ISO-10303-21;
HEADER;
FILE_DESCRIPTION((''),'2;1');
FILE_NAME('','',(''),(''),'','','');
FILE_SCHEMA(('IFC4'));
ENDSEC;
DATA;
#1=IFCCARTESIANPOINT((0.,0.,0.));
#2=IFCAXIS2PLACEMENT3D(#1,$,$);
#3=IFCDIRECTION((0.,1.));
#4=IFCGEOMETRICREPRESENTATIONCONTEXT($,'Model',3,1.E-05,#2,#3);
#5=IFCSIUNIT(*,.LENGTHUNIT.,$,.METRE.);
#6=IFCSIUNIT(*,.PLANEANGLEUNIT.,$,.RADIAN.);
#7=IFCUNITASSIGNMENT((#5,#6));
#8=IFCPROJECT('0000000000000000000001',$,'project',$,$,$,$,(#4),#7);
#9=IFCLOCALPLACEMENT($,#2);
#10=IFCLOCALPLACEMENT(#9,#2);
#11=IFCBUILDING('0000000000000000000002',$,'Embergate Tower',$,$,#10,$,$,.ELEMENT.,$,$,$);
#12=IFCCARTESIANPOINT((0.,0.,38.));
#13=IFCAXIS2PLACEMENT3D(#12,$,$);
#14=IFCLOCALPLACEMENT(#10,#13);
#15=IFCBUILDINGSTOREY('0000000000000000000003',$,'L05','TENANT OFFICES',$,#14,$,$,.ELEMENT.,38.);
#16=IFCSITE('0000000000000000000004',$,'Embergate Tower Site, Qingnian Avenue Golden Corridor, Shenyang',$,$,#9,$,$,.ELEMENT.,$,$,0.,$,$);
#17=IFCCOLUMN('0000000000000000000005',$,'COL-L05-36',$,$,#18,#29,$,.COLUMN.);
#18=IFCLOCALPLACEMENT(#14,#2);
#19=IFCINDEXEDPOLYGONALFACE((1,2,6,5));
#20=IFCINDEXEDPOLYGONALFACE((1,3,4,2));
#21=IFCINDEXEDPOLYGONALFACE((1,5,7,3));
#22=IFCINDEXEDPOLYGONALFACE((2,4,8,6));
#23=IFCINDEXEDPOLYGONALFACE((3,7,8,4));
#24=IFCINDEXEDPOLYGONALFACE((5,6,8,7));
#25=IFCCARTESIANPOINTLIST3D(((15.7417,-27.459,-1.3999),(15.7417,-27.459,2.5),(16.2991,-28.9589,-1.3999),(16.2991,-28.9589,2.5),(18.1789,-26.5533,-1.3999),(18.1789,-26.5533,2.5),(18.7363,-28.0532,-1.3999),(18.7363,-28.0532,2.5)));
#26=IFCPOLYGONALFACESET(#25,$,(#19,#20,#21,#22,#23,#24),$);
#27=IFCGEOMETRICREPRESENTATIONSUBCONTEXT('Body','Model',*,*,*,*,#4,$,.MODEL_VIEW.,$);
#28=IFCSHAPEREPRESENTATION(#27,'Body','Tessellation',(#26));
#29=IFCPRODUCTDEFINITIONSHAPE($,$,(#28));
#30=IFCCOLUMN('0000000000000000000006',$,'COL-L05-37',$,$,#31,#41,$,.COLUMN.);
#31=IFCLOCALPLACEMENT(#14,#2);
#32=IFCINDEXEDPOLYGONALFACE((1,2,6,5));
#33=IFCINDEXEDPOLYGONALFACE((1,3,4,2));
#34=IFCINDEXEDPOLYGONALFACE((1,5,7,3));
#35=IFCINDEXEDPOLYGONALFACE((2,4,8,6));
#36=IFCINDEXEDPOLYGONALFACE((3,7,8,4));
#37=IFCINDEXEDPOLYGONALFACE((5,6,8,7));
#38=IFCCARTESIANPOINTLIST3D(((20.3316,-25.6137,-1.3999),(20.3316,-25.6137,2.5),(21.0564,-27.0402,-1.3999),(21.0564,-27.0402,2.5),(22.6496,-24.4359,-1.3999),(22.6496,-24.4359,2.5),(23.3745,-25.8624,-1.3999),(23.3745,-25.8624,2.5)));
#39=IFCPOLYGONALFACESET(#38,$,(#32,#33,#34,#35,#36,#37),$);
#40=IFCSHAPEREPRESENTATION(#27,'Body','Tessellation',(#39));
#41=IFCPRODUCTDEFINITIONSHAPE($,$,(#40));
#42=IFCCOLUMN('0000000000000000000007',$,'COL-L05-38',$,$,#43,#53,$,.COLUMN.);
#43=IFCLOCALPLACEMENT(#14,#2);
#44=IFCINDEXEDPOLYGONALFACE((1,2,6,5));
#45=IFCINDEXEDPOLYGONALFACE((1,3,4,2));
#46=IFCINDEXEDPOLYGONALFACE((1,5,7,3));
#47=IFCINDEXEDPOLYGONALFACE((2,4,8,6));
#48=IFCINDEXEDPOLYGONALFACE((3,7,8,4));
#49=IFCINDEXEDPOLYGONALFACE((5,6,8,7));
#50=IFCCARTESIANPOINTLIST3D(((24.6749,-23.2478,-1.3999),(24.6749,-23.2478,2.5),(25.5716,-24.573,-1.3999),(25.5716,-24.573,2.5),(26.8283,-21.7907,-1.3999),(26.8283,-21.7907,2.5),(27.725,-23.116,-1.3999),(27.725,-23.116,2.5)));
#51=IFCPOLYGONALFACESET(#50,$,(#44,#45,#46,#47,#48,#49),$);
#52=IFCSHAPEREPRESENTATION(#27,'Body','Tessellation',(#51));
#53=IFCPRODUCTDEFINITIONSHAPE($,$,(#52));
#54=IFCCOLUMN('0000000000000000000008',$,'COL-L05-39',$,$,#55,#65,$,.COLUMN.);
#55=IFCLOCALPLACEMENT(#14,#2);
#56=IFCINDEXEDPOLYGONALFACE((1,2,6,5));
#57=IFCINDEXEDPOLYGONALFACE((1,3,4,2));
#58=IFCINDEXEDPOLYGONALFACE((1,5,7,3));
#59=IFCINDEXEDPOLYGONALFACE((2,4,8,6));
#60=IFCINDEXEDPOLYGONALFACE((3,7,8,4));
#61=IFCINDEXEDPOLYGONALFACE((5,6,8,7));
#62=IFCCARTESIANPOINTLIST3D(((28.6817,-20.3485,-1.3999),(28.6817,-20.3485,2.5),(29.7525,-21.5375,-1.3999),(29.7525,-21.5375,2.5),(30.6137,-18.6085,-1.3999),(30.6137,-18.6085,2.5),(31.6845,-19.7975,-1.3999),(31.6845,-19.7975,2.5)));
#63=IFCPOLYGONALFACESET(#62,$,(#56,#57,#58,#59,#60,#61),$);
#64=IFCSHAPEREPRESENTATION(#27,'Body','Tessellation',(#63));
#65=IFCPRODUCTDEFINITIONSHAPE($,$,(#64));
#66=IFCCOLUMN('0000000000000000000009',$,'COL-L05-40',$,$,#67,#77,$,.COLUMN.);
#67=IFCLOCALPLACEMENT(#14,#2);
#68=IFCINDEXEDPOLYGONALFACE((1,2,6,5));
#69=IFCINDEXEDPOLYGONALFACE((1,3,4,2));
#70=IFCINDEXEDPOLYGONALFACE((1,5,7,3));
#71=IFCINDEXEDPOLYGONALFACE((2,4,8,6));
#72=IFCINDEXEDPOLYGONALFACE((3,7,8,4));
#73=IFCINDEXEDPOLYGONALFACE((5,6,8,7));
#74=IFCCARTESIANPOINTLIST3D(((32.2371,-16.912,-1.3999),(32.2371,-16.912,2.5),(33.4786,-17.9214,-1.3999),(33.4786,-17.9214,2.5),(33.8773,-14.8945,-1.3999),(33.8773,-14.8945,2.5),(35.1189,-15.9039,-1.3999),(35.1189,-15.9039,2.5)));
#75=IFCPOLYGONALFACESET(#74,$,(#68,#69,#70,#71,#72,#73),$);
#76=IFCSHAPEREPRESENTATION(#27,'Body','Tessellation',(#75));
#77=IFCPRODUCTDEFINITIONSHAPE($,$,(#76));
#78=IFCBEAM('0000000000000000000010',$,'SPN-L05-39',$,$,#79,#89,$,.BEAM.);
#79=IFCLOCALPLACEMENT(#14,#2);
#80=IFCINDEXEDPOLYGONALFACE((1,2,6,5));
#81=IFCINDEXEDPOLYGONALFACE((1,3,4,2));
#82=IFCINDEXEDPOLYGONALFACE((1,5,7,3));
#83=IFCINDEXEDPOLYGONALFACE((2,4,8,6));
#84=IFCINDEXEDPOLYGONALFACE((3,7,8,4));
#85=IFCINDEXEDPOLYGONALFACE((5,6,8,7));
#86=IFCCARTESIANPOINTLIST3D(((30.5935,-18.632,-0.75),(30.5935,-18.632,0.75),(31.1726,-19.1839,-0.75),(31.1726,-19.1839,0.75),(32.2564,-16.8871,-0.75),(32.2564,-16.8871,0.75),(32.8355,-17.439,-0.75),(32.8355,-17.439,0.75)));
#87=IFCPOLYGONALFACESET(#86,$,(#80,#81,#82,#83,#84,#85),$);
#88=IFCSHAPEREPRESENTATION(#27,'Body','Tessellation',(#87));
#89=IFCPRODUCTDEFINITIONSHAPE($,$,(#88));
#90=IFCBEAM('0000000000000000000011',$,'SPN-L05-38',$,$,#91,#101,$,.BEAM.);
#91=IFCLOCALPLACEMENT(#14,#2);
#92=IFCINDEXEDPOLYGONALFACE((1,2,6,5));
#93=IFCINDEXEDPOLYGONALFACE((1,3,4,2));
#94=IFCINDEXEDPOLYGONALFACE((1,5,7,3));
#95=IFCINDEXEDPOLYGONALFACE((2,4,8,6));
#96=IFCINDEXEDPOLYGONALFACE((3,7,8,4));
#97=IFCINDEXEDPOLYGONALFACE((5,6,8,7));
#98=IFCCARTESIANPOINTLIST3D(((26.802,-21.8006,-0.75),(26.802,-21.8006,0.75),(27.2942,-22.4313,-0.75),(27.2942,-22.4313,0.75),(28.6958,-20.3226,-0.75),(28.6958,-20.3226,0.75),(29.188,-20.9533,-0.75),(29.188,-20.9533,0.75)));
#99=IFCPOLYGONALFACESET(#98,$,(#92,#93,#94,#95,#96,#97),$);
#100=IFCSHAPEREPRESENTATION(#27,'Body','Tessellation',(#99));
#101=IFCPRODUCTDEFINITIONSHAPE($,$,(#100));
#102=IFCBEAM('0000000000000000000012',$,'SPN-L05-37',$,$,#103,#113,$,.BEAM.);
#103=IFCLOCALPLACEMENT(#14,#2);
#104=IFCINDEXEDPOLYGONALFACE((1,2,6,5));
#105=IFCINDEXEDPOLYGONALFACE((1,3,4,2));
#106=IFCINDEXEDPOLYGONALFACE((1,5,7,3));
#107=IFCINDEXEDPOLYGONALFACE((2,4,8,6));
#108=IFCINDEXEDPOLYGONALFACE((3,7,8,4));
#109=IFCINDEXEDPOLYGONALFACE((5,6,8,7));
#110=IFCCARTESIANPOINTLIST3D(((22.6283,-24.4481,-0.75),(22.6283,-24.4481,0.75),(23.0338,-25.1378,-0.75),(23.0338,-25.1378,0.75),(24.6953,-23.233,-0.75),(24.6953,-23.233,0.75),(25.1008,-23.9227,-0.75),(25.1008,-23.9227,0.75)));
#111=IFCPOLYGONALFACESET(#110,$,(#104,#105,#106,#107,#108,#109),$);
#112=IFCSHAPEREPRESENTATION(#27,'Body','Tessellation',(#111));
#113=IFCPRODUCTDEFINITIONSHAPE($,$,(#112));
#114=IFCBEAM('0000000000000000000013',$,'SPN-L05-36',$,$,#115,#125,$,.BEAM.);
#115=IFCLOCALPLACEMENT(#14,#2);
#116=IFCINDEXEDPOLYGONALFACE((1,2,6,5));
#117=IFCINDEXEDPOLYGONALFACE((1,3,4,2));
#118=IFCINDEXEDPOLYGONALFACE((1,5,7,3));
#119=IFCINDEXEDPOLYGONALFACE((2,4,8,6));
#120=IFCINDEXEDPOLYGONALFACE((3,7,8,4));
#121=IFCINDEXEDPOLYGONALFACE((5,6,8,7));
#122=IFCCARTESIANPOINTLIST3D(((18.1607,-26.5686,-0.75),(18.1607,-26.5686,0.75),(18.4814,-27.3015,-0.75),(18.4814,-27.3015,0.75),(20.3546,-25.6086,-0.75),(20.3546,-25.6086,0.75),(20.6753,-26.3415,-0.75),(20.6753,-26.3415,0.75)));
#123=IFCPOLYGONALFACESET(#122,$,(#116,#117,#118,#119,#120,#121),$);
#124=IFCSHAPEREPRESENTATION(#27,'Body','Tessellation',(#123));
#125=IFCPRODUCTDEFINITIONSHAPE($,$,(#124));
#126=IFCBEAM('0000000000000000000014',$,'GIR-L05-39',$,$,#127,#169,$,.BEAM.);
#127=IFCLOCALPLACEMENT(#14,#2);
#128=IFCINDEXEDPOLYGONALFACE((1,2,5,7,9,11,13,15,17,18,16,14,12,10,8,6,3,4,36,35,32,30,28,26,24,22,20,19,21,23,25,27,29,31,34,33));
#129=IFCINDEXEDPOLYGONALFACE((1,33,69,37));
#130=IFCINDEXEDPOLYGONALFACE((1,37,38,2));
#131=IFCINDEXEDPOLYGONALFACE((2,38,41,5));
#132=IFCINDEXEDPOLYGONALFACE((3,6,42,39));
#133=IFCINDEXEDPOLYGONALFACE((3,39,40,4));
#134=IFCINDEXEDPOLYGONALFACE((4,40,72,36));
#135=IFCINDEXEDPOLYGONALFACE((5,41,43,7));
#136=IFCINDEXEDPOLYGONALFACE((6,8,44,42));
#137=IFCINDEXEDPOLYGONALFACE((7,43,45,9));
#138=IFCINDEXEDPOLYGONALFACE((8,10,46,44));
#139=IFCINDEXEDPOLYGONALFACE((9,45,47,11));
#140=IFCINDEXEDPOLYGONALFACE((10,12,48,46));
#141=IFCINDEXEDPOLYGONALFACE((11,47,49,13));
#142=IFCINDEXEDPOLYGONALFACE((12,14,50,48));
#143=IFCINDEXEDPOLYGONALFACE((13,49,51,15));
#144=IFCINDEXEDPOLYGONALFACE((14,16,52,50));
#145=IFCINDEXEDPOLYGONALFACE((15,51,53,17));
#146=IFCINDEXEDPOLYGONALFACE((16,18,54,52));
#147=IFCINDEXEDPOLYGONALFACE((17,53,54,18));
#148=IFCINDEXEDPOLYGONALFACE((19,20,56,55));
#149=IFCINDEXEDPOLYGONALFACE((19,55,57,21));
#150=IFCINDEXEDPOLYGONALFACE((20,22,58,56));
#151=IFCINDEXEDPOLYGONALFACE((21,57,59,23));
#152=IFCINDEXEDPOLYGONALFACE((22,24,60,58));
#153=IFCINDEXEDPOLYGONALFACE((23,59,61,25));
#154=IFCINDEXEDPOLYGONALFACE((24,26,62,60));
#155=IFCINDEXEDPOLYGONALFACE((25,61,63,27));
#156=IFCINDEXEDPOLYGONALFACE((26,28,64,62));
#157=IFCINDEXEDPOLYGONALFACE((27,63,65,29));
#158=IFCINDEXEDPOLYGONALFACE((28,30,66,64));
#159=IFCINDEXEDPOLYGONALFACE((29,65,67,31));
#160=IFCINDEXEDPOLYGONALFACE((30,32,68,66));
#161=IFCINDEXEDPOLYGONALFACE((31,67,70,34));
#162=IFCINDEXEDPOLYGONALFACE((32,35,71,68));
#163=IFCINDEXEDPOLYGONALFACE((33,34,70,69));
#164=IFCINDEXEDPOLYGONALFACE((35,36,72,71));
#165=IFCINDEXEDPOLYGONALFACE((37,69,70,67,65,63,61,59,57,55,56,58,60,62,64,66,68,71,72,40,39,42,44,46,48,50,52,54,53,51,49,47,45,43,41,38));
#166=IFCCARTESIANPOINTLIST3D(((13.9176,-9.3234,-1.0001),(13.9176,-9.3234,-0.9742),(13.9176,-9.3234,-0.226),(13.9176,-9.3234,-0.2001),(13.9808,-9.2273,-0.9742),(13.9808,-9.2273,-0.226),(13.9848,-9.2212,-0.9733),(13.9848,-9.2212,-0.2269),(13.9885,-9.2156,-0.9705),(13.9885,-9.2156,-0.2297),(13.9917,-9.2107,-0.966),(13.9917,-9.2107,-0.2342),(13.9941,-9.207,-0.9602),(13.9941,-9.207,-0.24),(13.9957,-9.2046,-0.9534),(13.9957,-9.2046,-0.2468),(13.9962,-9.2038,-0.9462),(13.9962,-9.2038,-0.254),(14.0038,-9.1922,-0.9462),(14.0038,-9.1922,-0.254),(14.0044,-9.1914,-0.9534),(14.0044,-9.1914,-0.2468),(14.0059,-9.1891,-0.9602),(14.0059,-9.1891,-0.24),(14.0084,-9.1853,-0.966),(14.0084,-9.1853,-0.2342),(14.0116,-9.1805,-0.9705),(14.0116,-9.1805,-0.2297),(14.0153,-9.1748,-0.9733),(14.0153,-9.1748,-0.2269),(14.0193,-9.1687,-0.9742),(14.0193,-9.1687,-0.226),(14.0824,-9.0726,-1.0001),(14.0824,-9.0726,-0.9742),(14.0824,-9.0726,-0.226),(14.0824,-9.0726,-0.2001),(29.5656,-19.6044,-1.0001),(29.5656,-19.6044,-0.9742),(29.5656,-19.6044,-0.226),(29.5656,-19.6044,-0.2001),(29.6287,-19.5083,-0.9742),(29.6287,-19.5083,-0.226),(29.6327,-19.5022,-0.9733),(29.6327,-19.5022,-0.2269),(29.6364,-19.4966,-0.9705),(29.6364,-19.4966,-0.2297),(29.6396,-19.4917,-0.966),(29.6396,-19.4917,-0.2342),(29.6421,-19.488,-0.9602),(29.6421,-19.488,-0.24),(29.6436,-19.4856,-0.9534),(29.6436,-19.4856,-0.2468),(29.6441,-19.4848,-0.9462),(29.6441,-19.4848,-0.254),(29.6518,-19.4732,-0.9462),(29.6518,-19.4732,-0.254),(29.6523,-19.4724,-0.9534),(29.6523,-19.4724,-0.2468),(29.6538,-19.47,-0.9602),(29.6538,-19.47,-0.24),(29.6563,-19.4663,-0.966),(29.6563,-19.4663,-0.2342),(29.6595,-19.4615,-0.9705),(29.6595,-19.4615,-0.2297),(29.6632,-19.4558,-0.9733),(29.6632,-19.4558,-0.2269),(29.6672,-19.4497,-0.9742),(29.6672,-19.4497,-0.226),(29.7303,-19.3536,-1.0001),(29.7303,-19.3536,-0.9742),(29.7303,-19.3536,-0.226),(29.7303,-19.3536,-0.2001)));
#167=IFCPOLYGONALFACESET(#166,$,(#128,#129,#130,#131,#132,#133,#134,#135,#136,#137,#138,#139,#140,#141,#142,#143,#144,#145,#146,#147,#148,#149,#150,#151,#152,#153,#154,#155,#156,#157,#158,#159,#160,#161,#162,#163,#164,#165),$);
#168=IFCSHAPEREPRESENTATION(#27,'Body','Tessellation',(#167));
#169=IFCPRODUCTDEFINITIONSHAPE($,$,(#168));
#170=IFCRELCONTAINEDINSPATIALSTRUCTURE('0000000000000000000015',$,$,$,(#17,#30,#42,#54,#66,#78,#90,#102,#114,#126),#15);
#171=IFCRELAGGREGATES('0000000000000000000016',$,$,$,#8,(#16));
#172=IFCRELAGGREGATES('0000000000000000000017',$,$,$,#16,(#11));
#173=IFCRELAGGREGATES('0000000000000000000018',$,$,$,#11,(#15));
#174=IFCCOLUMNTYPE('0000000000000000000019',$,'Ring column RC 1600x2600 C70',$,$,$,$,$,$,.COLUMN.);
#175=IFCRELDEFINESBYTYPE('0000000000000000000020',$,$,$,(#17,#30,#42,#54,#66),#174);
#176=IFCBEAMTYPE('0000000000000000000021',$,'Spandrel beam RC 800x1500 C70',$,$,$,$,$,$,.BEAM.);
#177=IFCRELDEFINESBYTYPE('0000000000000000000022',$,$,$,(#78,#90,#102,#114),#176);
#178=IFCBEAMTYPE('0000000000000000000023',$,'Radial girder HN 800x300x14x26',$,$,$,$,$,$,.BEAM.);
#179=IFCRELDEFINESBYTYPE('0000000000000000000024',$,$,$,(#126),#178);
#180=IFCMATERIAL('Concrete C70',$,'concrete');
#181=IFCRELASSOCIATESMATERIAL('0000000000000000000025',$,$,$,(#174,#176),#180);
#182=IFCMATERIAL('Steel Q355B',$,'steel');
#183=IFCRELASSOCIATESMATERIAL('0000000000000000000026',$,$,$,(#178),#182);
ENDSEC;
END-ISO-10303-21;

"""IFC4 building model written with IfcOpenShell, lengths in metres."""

from ifc_helpers import new_model, si_unit, direction, frame, origin, origin_2d, place, context, subcontext, project, spatial, rectangle, i_section, extrude, source, transform, mapped, material, material_profile, profile_set, type_object, element, save


model = new_model("IFC4")

# Units and contexts
model_context = context("Model", 3, precision=1e-05, world=origin(), true_north=direction((0.0, 1.0)))
body_context = subcontext(model_context, "Body", "Model", "MODEL_VIEW")
ifc_project = project(units=[si_unit("LENGTHUNIT", "METRE"), si_unit("PLANEANGLEUNIT", "RADIAN")], contexts=[model_context])

# Site, building, storey
site_placement = place(None, origin())
site = spatial("IfcSite", under=ifc_project, at=site_placement, Name="Embergate Tower Site, Qingnian Avenue Golden Corridor, Shenyang", CompositionType="ELEMENT", RefElevation=0.0)
building_placement = place(site_placement, origin())
building = spatial("IfcBuilding", under=site, at=building_placement, Name="Embergate Tower", CompositionType="ELEMENT")
storey_placement = place(building_placement, frame((0.0, 0.0, 38.0)))
storey = spatial("IfcBuildingStorey", under=building, at=storey_placement, Name="L05", Description="TENANT OFFICES", CompositionType="ELEMENT", Elevation=38.0)

# Columns
ifc_material_1 = material(Name="Concrete C70", Category="concrete")
ifc_material_profile_1 = material_profile(ifc_material_1, rectangle(XDim=1.6001, YDim=2.6001, at=origin_2d()), Name="RC 1600x2600")
ifc_profile_set_1 = profile_set([ifc_material_profile_1], Name="Concrete C70")
column_type = type_object("IfcColumnType", Name="Ring column RC 1600x2600 C70", PredefinedType="COLUMN", material=ifc_profile_set_1)
shared_shape_1 = source(origin(), body_context, "Body", "SweptSolid", [
    extrude(rectangle(XDim=1.6001, YDim=2.6001, at=origin_2d()), origin(), (0.0, 0.0, 1.0), 3.8999),
])
for number, where, z_axis, x_axis, name in (
    (1, (17.239, -27.7561, -1.3999), (0.0, 0.0, 1.0), (0.348343, -0.937367, 0.0), "COL-L05-36"),
    (2, (21.853, -25.738, -1.3999), (0.0, 0.0, 1.0), (0.452995, -0.891513, 0.0), "COL-L05-37"),
    (3, (26.2, -23.1819, -1.3999), (0.0, 0.0, 1.0), (0.560393, -0.828227, 0.0), "COL-L05-38"),
    (4, (30.1831, -20.073, -1.3999), (0.0, 0.0, 1.0), (0.669208, -0.743075, 0.0), "COL-L05-39"),
    (5, (33.678, -16.408, -1.3999), (0.0, 0.0, 1.0), (0.775914, -0.630838, 0.0), "COL-L05-40"),
):
    element("IfcColumn", number, at=place(storey_placement, frame(where, z_axis=z_axis, x_axis=x_axis)), inside=storey, type_object=column_type, Name=name, PredefinedType="COLUMN", context=body_context, shape_type="MappedRepresentation", body=[
        mapped(shared_shape_1, transform((0.0, 0.0, 0.0))),
    ])

# Beams
ifc_material_profile_2 = material_profile(ifc_material_1, rectangle(XDim=0.8, YDim=1.5, at=origin_2d()), Name="RC 800x1500")
ifc_profile_set_2 = profile_set([ifc_material_profile_2], Name="Concrete C70")
beam_type_1 = type_object("IfcBeamType", Name="Spandrel beam RC 800x1500 C70", PredefinedType="BEAM", material=ifc_profile_set_2)
shared_shape_2 = source(origin(), body_context, "Body", "SweptSolid", [
    extrude(rectangle(XDim=0.8, YDim=1.5, at=origin_2d()), origin(), (0.0, 0.0, 1.0), 2.4104),
])
beam_1_placement = place(storey_placement, frame((30.8831, -18.908, 0.0), z_axis=(0.689885, 0.723919, 0.0), x_axis=(-0.723919, 0.689885, 0.0)))
element("IfcBeam", 6, at=beam_1_placement, inside=storey, type_object=beam_type_1, Name="SPN-L05-39", PredefinedType="BEAM", context=body_context, shape_type="MappedRepresentation", body=[
    mapped(shared_shape_2, transform((0.0, 0.0, 0.0))),
])
shared_shape_3 = source(origin(), body_context, "Body", "SweptSolid", [
    extrude(rectangle(XDim=0.8, YDim=1.5, at=origin_2d()), origin(), (0.0, 0.0, 1.0), 2.4023),
])
beam_2_placement = place(storey_placement, frame((27.0481, -22.116, 0.0), z_axis=(0.788328, 0.615255, 0.0), x_axis=(-0.615255, 0.788328, 0.0)))
element("IfcBeam", 7, at=beam_2_placement, inside=storey, type_object=beam_type_1, Name="SPN-L05-38", PredefinedType="BEAM", context=body_context, shape_type="MappedRepresentation", body=[
    mapped(shared_shape_3, transform((0.0, 0.0, 0.0))),
])
shared_shape_4 = source(origin(), body_context, "Body", "SweptSolid", [
    extrude(rectangle(XDim=0.8, YDim=1.5, at=origin_2d()), origin(), (0.0, 0.0, 1.0), 2.3977),
])
beam_3_placement = place(storey_placement, frame((22.8311, -24.793, 0.0), z_axis=(0.862068, 0.506793, 0.0), x_axis=(-0.506793, 0.862068, 0.0)))
element("IfcBeam", 8, at=beam_3_placement, inside=storey, type_object=beam_type_1, Name="SPN-L05-37", PredefinedType="BEAM", context=body_context, shape_type="MappedRepresentation", body=[
    mapped(shared_shape_4, transform((0.0, 0.0, 0.0))),
])
shared_shape_5 = source(origin(), body_context, "Body", "SweptSolid", [
    extrude(rectangle(XDim=0.8, YDim=1.5, at=origin_2d()), origin(), (0.0, 0.0, 1.0), 2.3948),
])
beam_4_placement = place(storey_placement, frame((18.321, -26.9351, 0.0), z_axis=(0.916134, 0.400872, 0.0), x_axis=(-0.400872, 0.916134, 0.0)))
element("IfcBeam", 9, at=beam_4_placement, inside=storey, type_object=beam_type_1, Name="SPN-L05-36", PredefinedType="BEAM", context=body_context, shape_type="MappedRepresentation", body=[
    mapped(shared_shape_5, transform((0.0, 0.0, 0.0))),
])
ifc_material_2 = material(Name="Steel Q355B", Category="steel")
ifc_material_profile_3 = material_profile(ifc_material_2, i_section(OverallWidth=0.3, OverallDepth=0.8, WebThickness=0.0139, FlangeThickness=0.0259, FilletRadius=0.0281, at=origin_2d()), Name="HN 800x300x14x26")
ifc_profile_set_3 = profile_set([ifc_material_profile_3], Name="Steel Q355 grade B")
beam_type_2 = type_object("IfcBeamType", Name="Radial girder HN 800x300x14x26", PredefinedType="BEAM", material=ifc_profile_set_3)
shared_shape_6 = source(origin(), body_context, "Body", "SweptSolid", [
    extrude(i_section(OverallWidth=0.3, OverallDepth=0.8, WebThickness=0.0139, FlangeThickness=0.0259, FilletRadius=0.0281, at=origin_2d()), origin(), (0.0, 0.0, 1.0), 18.7231),
])
beam_5_placement = place(storey_placement, frame((29.6479, -19.479, -0.6001), z_axis=(-0.835753, 0.549106, 0.0), x_axis=(-0.549106, -0.835753, 0.0)))
element("IfcBeam", 10, at=beam_5_placement, inside=storey, type_object=beam_type_2, Name="GIR-L05-39", PredefinedType="BEAM", context=body_context, shape_type="MappedRepresentation", body=[
    mapped(shared_shape_6, transform((0.0, 0.0, 0.0))),
])

save(model, "model.ifc")
